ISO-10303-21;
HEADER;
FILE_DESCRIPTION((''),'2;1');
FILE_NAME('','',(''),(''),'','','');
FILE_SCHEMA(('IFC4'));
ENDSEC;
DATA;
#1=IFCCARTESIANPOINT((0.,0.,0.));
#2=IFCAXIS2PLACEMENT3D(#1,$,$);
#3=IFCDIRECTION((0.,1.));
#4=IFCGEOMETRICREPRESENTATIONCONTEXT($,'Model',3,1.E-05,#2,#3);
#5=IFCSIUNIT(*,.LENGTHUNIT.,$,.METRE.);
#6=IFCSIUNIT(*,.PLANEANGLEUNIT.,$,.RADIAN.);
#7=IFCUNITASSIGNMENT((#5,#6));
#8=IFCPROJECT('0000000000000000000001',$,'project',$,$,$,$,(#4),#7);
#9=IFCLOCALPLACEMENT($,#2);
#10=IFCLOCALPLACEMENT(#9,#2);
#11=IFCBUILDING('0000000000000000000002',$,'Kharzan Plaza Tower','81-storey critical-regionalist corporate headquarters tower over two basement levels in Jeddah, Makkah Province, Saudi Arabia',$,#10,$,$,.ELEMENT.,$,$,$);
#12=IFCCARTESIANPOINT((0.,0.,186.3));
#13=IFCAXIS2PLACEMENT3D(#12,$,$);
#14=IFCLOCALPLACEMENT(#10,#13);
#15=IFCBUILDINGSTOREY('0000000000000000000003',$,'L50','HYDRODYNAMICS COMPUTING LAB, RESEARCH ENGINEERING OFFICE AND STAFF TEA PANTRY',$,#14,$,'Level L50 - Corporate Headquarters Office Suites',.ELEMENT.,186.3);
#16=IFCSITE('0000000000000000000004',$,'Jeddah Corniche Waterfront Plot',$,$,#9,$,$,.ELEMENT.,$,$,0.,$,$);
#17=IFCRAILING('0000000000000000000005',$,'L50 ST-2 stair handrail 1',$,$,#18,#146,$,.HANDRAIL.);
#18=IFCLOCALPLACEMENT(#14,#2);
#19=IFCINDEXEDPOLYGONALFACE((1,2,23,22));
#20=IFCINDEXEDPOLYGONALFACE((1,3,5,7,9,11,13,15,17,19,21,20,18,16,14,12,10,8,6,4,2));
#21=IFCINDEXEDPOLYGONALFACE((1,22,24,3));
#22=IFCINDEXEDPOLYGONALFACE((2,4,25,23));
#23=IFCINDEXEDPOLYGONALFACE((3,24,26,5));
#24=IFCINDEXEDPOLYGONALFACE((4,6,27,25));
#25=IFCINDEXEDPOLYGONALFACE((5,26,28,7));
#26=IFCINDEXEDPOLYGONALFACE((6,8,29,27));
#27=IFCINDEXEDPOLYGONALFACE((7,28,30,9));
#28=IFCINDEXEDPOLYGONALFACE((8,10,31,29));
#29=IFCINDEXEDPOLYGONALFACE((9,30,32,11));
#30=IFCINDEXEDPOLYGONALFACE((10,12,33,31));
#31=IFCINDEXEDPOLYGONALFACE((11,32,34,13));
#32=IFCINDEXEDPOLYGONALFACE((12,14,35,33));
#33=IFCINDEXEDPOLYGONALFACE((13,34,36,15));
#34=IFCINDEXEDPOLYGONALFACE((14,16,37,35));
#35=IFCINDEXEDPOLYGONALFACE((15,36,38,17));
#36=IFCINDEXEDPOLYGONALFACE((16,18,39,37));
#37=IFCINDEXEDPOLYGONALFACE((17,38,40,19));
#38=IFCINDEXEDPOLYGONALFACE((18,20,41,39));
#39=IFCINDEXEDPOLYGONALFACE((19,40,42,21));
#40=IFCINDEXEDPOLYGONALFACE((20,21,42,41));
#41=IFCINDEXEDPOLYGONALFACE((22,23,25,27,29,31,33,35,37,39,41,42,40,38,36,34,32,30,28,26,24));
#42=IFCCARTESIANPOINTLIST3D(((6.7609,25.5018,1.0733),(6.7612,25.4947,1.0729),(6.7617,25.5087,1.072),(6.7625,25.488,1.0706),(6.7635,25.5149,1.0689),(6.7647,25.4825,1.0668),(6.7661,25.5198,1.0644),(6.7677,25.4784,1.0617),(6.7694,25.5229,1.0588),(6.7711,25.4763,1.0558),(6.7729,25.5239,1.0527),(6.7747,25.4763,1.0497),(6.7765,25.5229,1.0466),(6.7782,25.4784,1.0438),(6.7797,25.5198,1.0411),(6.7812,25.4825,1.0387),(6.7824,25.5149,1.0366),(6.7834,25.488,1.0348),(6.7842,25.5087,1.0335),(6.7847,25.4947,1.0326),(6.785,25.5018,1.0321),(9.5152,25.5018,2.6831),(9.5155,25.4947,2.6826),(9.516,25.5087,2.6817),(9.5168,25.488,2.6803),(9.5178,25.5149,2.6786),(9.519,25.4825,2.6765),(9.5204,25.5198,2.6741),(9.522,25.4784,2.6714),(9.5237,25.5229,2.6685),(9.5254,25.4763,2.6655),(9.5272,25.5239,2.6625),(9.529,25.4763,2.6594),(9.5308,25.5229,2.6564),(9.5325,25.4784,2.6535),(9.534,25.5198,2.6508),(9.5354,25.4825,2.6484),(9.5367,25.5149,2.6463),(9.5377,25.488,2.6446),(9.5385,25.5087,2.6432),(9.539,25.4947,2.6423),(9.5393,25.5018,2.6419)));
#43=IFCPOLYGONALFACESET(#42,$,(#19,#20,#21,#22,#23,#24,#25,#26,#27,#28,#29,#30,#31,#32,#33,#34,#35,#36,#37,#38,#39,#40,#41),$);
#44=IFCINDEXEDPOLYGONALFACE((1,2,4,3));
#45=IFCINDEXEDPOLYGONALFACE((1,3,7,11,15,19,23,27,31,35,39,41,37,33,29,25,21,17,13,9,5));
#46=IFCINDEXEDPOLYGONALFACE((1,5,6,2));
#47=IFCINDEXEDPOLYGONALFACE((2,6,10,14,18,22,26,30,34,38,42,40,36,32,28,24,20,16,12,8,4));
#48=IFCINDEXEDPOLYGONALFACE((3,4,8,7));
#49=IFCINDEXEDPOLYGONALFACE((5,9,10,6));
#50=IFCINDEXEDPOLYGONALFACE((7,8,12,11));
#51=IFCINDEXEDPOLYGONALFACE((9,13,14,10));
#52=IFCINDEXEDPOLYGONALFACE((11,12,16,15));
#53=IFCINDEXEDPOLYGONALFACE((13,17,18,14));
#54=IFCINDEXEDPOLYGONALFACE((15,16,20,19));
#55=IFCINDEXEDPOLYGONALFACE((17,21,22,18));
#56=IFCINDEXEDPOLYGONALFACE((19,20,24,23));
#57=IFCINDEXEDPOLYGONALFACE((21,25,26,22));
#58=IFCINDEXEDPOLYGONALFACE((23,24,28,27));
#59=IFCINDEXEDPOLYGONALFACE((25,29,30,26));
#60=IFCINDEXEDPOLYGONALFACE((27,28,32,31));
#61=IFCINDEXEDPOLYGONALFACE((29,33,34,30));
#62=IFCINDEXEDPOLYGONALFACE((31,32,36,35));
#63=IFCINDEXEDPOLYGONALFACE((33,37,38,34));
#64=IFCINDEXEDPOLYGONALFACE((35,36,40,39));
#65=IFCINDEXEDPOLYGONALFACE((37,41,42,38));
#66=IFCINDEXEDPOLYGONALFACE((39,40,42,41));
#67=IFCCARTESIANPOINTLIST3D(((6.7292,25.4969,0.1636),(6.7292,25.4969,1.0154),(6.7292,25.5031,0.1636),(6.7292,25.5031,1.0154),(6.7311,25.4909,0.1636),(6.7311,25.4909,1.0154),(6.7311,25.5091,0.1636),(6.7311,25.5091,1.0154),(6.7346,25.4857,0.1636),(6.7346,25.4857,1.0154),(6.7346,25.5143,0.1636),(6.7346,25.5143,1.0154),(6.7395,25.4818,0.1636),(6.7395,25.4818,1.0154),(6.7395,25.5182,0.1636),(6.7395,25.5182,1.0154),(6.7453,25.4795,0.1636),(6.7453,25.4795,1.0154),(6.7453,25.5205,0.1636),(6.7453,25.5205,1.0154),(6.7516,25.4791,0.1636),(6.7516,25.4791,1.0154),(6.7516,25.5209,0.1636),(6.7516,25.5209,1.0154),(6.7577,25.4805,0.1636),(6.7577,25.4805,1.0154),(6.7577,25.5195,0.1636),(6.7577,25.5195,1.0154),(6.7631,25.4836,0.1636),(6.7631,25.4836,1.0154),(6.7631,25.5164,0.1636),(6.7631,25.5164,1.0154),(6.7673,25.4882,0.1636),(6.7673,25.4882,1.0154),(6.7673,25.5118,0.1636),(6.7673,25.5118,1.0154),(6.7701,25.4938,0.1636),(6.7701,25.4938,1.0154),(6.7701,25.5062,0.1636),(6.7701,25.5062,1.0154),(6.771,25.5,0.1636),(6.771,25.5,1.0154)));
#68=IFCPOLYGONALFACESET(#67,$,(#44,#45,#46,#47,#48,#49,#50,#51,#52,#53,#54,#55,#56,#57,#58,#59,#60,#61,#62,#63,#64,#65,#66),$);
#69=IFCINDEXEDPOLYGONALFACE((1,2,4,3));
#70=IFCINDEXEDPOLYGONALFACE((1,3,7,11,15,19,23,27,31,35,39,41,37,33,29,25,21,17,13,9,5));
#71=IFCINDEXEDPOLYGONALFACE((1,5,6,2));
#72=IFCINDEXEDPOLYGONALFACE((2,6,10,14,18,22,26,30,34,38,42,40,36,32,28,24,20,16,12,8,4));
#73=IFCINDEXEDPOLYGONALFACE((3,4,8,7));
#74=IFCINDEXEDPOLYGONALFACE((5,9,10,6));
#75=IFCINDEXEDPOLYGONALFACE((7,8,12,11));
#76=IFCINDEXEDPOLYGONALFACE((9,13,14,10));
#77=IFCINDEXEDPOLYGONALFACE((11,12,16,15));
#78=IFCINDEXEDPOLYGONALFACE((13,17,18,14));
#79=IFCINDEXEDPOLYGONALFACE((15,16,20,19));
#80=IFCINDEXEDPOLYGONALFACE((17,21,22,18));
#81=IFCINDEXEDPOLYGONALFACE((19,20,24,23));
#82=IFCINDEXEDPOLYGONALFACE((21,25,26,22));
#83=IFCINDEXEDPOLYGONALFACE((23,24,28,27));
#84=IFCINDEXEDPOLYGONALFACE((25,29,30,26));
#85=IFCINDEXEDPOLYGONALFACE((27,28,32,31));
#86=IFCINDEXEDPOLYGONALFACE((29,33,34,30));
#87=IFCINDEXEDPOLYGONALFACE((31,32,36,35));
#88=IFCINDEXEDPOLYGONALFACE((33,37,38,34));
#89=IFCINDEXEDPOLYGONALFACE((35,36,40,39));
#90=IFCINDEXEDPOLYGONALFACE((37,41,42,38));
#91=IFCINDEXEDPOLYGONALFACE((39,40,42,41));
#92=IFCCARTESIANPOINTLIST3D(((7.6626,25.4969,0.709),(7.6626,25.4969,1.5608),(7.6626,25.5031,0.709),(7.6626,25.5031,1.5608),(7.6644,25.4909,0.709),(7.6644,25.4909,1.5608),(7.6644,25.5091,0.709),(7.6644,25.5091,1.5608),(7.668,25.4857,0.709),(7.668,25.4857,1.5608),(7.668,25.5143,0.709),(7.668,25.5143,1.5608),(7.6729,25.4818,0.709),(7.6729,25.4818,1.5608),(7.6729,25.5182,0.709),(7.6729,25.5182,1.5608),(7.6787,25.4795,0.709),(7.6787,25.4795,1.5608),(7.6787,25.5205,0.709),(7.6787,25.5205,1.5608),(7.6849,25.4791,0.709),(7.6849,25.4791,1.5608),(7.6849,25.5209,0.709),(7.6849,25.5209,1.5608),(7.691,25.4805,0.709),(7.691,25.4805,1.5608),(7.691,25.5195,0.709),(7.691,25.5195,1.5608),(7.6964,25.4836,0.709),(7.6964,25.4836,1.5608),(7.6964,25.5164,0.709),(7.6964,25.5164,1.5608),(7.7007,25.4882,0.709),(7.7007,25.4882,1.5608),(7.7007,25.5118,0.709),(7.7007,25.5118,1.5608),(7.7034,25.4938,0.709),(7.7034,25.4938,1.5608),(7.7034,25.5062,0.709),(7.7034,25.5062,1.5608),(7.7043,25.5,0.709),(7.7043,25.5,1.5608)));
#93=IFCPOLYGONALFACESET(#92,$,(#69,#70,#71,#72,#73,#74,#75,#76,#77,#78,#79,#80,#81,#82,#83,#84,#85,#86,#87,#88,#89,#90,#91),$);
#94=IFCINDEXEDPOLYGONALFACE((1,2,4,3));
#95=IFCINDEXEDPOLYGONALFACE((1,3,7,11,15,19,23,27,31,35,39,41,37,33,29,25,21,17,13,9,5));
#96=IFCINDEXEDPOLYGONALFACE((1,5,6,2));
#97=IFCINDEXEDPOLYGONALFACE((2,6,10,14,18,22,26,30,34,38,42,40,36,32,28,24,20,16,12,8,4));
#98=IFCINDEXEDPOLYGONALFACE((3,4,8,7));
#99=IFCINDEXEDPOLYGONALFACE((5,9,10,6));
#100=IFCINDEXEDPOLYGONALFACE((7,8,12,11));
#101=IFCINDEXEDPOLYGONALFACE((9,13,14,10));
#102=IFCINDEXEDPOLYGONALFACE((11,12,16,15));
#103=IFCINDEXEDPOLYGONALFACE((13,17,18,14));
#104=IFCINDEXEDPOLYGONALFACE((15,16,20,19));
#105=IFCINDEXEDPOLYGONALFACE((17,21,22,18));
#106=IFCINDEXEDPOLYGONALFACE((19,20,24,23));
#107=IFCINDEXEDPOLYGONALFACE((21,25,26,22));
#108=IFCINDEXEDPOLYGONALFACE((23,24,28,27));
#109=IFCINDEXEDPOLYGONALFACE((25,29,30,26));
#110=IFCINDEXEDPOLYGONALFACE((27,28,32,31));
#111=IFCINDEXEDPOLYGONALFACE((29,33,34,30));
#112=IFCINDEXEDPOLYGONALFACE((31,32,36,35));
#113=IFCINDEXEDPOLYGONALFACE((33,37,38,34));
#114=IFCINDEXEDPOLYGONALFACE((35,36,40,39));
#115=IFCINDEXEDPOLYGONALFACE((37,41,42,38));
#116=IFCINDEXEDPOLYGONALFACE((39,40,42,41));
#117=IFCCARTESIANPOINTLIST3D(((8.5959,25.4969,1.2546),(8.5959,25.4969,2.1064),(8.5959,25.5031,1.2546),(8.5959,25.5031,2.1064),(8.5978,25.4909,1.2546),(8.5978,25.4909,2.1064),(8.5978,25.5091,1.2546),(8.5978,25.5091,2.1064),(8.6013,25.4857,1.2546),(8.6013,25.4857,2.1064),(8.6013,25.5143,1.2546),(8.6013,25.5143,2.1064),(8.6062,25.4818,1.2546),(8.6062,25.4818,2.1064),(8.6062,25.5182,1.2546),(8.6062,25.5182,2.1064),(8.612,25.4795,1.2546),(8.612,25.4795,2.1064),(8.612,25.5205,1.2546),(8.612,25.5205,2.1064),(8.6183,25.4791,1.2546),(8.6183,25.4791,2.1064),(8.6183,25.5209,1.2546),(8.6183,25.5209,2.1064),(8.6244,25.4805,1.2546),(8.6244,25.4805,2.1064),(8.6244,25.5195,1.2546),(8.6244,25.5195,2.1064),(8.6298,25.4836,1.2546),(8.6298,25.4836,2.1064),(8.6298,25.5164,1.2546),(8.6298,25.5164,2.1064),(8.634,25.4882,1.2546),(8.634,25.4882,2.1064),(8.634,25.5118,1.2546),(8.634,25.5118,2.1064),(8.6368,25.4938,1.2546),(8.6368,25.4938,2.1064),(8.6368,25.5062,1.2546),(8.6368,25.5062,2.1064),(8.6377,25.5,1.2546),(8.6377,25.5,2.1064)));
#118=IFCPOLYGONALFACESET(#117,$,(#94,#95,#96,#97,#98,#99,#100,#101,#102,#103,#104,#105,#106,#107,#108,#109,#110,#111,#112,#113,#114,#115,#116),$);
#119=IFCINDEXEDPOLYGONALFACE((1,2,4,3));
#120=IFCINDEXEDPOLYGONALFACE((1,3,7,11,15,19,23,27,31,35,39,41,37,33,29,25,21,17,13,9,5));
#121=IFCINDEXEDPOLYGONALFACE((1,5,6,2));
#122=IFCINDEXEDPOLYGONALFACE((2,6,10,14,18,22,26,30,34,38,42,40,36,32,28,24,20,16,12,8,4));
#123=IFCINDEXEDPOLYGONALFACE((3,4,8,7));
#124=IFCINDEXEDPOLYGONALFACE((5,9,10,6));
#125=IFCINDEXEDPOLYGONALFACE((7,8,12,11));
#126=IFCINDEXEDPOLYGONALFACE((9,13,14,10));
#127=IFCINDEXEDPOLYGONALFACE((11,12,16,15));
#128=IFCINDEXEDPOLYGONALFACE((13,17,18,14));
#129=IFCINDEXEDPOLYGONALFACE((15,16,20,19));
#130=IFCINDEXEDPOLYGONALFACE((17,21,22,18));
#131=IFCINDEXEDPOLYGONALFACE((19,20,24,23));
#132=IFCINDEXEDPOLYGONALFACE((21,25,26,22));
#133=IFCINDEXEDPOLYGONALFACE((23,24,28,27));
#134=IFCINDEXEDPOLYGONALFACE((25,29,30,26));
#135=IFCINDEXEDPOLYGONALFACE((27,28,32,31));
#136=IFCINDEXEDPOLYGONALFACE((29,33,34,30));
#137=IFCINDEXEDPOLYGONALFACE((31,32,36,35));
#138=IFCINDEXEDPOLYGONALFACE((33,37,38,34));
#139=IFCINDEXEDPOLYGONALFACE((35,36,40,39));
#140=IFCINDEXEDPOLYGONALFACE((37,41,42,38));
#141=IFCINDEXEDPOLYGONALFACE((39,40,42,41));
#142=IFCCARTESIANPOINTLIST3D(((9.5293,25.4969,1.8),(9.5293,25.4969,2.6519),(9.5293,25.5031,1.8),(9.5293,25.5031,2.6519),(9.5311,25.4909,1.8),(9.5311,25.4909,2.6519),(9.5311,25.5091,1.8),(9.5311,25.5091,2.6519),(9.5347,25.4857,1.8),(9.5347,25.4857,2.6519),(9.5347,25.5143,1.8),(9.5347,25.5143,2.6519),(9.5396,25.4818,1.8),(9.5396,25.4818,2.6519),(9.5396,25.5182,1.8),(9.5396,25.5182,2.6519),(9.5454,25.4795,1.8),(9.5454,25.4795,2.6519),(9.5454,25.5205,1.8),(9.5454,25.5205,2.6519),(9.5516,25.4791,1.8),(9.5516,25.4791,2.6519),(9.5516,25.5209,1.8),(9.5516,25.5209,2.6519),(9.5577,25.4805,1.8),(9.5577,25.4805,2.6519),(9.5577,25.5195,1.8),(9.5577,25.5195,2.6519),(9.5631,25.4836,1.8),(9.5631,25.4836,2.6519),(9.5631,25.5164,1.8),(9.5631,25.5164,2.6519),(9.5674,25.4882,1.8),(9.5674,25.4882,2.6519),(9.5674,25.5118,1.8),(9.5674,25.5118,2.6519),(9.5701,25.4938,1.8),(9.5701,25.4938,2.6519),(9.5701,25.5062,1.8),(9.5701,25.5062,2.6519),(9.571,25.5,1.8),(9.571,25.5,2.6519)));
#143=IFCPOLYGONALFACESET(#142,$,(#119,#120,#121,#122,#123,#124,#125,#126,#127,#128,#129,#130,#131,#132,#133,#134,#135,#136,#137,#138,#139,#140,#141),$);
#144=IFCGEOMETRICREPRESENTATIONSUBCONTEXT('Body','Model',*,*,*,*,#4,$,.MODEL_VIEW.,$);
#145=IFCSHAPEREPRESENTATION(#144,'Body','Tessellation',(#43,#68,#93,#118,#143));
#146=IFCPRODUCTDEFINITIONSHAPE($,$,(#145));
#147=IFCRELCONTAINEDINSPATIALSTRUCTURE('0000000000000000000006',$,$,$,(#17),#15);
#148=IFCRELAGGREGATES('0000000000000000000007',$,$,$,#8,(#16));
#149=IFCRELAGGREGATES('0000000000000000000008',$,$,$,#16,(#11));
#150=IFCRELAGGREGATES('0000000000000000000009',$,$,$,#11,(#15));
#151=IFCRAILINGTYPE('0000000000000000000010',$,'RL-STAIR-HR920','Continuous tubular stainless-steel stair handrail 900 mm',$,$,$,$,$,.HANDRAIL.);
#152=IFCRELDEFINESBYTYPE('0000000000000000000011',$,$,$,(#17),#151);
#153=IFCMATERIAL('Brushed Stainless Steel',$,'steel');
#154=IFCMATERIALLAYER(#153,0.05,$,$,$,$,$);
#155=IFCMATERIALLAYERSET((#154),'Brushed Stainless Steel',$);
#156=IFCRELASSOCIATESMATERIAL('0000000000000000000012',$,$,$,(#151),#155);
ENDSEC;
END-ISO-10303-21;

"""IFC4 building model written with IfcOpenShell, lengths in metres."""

from ifc_helpers import new_model, si_unit, direction, frame, origin, origin_2d, place, context, subcontext, project, spatial, circle, extrude, source, transform, mapped, material, layer, layer_set, type_object, element, save


model = new_model("IFC4")

# Units and contexts
model_context = context("Model", 3, precision=1e-05, world=origin(), true_north=direction((0.0, 1.0)))
body_context = subcontext(model_context, "Body", "Model", "MODEL_VIEW")
ifc_project = project(units=[si_unit("LENGTHUNIT", "METRE"), si_unit("PLANEANGLEUNIT", "RADIAN")], contexts=[model_context])

# Site, building, storey
site_placement = place(None, origin())
site = spatial("IfcSite", under=ifc_project, at=site_placement, Name="Jeddah Corniche Waterfront Plot", CompositionType="ELEMENT", RefElevation=0.0)
building_placement = place(site_placement, origin())
building = spatial("IfcBuilding", under=site, at=building_placement, Name="Kharzan Plaza Tower", Description="81-storey critical-regionalist corporate headquarters tower over two basement levels in Jeddah, Makkah Province, Saudi Arabia", CompositionType="ELEMENT")
storey_placement = place(building_placement, frame((0.0, 0.0, 186.3)))
storey = spatial("IfcBuildingStorey", under=building, at=storey_placement, Name="L50", Description="HYDRODYNAMICS COMPUTING LAB, RESEARCH ENGINEERING OFFICE AND STAFF TEA PANTRY", LongName="Level L50 - Corporate Headquarters Office Suites", CompositionType="ELEMENT", Elevation=186.3)

# Shared definitions
ifc_material_1 = material(Name="Brushed Stainless Steel", Category="steel")

# Railing
ifc_layer_1 = layer(ifc_material_1, 0.05)
ifc_layer_set_1 = layer_set([ifc_layer_1], Name="Brushed Stainless Steel")
railing_type_1 = type_object("IfcRailingType", Name="RL-STAIR-HR920", Description="Continuous tubular stainless-steel stair handrail 900 mm", PredefinedType="HANDRAIL", material=ifc_layer_set_1)
shared_shape_1 = source(origin(), body_context, "Body", "SweptSolid", [
    extrude(circle(Radius=0.0239, at=origin_2d()), frame((0.0229, 0.0, 0.8892), z_axis=(0.863361, 0.0, 0.504587), x_axis=(0.0, 1.0, 0.0)), (0.0, 0.0, 1.0), 3.1902),
    extrude(circle(Radius=0.021, at=origin_2d()), origin(), (0.0, 0.0, 1.0), 0.8518),
    extrude(circle(Radius=0.021, at=origin_2d()), frame((0.9333, 0.0, 0.5454)), (0.0, 0.0, 1.0), 0.8518),
    extrude(circle(Radius=0.021, at=origin_2d()), frame((1.8667, 0.0, 1.0911)), (0.0, 0.0, 1.0), 0.8518),
    extrude(circle(Radius=0.021, at=origin_2d()), frame((2.8, 0.0, 1.6365)), (0.0, 0.0, 1.0), 0.8518),
])
railing_1_placement = place(storey_placement, frame((6.75, 25.5, 0.1636)))
element("IfcRailing", 1, at=railing_1_placement, inside=storey, type_object=railing_type_1, Name="L50 ST-2 stair handrail 1", PredefinedType="HANDRAIL", context=body_context, shape_type="MappedRepresentation", body=[
    mapped(shared_shape_1, transform((0.0, 0.0, 0.0), x_axis=(1.0, 0.0, 0.0), y_axis=(0.0, 1.0, 0.0), z_axis=(0.0, 0.0, 1.0))),
])

save(model, "model.ifc")
